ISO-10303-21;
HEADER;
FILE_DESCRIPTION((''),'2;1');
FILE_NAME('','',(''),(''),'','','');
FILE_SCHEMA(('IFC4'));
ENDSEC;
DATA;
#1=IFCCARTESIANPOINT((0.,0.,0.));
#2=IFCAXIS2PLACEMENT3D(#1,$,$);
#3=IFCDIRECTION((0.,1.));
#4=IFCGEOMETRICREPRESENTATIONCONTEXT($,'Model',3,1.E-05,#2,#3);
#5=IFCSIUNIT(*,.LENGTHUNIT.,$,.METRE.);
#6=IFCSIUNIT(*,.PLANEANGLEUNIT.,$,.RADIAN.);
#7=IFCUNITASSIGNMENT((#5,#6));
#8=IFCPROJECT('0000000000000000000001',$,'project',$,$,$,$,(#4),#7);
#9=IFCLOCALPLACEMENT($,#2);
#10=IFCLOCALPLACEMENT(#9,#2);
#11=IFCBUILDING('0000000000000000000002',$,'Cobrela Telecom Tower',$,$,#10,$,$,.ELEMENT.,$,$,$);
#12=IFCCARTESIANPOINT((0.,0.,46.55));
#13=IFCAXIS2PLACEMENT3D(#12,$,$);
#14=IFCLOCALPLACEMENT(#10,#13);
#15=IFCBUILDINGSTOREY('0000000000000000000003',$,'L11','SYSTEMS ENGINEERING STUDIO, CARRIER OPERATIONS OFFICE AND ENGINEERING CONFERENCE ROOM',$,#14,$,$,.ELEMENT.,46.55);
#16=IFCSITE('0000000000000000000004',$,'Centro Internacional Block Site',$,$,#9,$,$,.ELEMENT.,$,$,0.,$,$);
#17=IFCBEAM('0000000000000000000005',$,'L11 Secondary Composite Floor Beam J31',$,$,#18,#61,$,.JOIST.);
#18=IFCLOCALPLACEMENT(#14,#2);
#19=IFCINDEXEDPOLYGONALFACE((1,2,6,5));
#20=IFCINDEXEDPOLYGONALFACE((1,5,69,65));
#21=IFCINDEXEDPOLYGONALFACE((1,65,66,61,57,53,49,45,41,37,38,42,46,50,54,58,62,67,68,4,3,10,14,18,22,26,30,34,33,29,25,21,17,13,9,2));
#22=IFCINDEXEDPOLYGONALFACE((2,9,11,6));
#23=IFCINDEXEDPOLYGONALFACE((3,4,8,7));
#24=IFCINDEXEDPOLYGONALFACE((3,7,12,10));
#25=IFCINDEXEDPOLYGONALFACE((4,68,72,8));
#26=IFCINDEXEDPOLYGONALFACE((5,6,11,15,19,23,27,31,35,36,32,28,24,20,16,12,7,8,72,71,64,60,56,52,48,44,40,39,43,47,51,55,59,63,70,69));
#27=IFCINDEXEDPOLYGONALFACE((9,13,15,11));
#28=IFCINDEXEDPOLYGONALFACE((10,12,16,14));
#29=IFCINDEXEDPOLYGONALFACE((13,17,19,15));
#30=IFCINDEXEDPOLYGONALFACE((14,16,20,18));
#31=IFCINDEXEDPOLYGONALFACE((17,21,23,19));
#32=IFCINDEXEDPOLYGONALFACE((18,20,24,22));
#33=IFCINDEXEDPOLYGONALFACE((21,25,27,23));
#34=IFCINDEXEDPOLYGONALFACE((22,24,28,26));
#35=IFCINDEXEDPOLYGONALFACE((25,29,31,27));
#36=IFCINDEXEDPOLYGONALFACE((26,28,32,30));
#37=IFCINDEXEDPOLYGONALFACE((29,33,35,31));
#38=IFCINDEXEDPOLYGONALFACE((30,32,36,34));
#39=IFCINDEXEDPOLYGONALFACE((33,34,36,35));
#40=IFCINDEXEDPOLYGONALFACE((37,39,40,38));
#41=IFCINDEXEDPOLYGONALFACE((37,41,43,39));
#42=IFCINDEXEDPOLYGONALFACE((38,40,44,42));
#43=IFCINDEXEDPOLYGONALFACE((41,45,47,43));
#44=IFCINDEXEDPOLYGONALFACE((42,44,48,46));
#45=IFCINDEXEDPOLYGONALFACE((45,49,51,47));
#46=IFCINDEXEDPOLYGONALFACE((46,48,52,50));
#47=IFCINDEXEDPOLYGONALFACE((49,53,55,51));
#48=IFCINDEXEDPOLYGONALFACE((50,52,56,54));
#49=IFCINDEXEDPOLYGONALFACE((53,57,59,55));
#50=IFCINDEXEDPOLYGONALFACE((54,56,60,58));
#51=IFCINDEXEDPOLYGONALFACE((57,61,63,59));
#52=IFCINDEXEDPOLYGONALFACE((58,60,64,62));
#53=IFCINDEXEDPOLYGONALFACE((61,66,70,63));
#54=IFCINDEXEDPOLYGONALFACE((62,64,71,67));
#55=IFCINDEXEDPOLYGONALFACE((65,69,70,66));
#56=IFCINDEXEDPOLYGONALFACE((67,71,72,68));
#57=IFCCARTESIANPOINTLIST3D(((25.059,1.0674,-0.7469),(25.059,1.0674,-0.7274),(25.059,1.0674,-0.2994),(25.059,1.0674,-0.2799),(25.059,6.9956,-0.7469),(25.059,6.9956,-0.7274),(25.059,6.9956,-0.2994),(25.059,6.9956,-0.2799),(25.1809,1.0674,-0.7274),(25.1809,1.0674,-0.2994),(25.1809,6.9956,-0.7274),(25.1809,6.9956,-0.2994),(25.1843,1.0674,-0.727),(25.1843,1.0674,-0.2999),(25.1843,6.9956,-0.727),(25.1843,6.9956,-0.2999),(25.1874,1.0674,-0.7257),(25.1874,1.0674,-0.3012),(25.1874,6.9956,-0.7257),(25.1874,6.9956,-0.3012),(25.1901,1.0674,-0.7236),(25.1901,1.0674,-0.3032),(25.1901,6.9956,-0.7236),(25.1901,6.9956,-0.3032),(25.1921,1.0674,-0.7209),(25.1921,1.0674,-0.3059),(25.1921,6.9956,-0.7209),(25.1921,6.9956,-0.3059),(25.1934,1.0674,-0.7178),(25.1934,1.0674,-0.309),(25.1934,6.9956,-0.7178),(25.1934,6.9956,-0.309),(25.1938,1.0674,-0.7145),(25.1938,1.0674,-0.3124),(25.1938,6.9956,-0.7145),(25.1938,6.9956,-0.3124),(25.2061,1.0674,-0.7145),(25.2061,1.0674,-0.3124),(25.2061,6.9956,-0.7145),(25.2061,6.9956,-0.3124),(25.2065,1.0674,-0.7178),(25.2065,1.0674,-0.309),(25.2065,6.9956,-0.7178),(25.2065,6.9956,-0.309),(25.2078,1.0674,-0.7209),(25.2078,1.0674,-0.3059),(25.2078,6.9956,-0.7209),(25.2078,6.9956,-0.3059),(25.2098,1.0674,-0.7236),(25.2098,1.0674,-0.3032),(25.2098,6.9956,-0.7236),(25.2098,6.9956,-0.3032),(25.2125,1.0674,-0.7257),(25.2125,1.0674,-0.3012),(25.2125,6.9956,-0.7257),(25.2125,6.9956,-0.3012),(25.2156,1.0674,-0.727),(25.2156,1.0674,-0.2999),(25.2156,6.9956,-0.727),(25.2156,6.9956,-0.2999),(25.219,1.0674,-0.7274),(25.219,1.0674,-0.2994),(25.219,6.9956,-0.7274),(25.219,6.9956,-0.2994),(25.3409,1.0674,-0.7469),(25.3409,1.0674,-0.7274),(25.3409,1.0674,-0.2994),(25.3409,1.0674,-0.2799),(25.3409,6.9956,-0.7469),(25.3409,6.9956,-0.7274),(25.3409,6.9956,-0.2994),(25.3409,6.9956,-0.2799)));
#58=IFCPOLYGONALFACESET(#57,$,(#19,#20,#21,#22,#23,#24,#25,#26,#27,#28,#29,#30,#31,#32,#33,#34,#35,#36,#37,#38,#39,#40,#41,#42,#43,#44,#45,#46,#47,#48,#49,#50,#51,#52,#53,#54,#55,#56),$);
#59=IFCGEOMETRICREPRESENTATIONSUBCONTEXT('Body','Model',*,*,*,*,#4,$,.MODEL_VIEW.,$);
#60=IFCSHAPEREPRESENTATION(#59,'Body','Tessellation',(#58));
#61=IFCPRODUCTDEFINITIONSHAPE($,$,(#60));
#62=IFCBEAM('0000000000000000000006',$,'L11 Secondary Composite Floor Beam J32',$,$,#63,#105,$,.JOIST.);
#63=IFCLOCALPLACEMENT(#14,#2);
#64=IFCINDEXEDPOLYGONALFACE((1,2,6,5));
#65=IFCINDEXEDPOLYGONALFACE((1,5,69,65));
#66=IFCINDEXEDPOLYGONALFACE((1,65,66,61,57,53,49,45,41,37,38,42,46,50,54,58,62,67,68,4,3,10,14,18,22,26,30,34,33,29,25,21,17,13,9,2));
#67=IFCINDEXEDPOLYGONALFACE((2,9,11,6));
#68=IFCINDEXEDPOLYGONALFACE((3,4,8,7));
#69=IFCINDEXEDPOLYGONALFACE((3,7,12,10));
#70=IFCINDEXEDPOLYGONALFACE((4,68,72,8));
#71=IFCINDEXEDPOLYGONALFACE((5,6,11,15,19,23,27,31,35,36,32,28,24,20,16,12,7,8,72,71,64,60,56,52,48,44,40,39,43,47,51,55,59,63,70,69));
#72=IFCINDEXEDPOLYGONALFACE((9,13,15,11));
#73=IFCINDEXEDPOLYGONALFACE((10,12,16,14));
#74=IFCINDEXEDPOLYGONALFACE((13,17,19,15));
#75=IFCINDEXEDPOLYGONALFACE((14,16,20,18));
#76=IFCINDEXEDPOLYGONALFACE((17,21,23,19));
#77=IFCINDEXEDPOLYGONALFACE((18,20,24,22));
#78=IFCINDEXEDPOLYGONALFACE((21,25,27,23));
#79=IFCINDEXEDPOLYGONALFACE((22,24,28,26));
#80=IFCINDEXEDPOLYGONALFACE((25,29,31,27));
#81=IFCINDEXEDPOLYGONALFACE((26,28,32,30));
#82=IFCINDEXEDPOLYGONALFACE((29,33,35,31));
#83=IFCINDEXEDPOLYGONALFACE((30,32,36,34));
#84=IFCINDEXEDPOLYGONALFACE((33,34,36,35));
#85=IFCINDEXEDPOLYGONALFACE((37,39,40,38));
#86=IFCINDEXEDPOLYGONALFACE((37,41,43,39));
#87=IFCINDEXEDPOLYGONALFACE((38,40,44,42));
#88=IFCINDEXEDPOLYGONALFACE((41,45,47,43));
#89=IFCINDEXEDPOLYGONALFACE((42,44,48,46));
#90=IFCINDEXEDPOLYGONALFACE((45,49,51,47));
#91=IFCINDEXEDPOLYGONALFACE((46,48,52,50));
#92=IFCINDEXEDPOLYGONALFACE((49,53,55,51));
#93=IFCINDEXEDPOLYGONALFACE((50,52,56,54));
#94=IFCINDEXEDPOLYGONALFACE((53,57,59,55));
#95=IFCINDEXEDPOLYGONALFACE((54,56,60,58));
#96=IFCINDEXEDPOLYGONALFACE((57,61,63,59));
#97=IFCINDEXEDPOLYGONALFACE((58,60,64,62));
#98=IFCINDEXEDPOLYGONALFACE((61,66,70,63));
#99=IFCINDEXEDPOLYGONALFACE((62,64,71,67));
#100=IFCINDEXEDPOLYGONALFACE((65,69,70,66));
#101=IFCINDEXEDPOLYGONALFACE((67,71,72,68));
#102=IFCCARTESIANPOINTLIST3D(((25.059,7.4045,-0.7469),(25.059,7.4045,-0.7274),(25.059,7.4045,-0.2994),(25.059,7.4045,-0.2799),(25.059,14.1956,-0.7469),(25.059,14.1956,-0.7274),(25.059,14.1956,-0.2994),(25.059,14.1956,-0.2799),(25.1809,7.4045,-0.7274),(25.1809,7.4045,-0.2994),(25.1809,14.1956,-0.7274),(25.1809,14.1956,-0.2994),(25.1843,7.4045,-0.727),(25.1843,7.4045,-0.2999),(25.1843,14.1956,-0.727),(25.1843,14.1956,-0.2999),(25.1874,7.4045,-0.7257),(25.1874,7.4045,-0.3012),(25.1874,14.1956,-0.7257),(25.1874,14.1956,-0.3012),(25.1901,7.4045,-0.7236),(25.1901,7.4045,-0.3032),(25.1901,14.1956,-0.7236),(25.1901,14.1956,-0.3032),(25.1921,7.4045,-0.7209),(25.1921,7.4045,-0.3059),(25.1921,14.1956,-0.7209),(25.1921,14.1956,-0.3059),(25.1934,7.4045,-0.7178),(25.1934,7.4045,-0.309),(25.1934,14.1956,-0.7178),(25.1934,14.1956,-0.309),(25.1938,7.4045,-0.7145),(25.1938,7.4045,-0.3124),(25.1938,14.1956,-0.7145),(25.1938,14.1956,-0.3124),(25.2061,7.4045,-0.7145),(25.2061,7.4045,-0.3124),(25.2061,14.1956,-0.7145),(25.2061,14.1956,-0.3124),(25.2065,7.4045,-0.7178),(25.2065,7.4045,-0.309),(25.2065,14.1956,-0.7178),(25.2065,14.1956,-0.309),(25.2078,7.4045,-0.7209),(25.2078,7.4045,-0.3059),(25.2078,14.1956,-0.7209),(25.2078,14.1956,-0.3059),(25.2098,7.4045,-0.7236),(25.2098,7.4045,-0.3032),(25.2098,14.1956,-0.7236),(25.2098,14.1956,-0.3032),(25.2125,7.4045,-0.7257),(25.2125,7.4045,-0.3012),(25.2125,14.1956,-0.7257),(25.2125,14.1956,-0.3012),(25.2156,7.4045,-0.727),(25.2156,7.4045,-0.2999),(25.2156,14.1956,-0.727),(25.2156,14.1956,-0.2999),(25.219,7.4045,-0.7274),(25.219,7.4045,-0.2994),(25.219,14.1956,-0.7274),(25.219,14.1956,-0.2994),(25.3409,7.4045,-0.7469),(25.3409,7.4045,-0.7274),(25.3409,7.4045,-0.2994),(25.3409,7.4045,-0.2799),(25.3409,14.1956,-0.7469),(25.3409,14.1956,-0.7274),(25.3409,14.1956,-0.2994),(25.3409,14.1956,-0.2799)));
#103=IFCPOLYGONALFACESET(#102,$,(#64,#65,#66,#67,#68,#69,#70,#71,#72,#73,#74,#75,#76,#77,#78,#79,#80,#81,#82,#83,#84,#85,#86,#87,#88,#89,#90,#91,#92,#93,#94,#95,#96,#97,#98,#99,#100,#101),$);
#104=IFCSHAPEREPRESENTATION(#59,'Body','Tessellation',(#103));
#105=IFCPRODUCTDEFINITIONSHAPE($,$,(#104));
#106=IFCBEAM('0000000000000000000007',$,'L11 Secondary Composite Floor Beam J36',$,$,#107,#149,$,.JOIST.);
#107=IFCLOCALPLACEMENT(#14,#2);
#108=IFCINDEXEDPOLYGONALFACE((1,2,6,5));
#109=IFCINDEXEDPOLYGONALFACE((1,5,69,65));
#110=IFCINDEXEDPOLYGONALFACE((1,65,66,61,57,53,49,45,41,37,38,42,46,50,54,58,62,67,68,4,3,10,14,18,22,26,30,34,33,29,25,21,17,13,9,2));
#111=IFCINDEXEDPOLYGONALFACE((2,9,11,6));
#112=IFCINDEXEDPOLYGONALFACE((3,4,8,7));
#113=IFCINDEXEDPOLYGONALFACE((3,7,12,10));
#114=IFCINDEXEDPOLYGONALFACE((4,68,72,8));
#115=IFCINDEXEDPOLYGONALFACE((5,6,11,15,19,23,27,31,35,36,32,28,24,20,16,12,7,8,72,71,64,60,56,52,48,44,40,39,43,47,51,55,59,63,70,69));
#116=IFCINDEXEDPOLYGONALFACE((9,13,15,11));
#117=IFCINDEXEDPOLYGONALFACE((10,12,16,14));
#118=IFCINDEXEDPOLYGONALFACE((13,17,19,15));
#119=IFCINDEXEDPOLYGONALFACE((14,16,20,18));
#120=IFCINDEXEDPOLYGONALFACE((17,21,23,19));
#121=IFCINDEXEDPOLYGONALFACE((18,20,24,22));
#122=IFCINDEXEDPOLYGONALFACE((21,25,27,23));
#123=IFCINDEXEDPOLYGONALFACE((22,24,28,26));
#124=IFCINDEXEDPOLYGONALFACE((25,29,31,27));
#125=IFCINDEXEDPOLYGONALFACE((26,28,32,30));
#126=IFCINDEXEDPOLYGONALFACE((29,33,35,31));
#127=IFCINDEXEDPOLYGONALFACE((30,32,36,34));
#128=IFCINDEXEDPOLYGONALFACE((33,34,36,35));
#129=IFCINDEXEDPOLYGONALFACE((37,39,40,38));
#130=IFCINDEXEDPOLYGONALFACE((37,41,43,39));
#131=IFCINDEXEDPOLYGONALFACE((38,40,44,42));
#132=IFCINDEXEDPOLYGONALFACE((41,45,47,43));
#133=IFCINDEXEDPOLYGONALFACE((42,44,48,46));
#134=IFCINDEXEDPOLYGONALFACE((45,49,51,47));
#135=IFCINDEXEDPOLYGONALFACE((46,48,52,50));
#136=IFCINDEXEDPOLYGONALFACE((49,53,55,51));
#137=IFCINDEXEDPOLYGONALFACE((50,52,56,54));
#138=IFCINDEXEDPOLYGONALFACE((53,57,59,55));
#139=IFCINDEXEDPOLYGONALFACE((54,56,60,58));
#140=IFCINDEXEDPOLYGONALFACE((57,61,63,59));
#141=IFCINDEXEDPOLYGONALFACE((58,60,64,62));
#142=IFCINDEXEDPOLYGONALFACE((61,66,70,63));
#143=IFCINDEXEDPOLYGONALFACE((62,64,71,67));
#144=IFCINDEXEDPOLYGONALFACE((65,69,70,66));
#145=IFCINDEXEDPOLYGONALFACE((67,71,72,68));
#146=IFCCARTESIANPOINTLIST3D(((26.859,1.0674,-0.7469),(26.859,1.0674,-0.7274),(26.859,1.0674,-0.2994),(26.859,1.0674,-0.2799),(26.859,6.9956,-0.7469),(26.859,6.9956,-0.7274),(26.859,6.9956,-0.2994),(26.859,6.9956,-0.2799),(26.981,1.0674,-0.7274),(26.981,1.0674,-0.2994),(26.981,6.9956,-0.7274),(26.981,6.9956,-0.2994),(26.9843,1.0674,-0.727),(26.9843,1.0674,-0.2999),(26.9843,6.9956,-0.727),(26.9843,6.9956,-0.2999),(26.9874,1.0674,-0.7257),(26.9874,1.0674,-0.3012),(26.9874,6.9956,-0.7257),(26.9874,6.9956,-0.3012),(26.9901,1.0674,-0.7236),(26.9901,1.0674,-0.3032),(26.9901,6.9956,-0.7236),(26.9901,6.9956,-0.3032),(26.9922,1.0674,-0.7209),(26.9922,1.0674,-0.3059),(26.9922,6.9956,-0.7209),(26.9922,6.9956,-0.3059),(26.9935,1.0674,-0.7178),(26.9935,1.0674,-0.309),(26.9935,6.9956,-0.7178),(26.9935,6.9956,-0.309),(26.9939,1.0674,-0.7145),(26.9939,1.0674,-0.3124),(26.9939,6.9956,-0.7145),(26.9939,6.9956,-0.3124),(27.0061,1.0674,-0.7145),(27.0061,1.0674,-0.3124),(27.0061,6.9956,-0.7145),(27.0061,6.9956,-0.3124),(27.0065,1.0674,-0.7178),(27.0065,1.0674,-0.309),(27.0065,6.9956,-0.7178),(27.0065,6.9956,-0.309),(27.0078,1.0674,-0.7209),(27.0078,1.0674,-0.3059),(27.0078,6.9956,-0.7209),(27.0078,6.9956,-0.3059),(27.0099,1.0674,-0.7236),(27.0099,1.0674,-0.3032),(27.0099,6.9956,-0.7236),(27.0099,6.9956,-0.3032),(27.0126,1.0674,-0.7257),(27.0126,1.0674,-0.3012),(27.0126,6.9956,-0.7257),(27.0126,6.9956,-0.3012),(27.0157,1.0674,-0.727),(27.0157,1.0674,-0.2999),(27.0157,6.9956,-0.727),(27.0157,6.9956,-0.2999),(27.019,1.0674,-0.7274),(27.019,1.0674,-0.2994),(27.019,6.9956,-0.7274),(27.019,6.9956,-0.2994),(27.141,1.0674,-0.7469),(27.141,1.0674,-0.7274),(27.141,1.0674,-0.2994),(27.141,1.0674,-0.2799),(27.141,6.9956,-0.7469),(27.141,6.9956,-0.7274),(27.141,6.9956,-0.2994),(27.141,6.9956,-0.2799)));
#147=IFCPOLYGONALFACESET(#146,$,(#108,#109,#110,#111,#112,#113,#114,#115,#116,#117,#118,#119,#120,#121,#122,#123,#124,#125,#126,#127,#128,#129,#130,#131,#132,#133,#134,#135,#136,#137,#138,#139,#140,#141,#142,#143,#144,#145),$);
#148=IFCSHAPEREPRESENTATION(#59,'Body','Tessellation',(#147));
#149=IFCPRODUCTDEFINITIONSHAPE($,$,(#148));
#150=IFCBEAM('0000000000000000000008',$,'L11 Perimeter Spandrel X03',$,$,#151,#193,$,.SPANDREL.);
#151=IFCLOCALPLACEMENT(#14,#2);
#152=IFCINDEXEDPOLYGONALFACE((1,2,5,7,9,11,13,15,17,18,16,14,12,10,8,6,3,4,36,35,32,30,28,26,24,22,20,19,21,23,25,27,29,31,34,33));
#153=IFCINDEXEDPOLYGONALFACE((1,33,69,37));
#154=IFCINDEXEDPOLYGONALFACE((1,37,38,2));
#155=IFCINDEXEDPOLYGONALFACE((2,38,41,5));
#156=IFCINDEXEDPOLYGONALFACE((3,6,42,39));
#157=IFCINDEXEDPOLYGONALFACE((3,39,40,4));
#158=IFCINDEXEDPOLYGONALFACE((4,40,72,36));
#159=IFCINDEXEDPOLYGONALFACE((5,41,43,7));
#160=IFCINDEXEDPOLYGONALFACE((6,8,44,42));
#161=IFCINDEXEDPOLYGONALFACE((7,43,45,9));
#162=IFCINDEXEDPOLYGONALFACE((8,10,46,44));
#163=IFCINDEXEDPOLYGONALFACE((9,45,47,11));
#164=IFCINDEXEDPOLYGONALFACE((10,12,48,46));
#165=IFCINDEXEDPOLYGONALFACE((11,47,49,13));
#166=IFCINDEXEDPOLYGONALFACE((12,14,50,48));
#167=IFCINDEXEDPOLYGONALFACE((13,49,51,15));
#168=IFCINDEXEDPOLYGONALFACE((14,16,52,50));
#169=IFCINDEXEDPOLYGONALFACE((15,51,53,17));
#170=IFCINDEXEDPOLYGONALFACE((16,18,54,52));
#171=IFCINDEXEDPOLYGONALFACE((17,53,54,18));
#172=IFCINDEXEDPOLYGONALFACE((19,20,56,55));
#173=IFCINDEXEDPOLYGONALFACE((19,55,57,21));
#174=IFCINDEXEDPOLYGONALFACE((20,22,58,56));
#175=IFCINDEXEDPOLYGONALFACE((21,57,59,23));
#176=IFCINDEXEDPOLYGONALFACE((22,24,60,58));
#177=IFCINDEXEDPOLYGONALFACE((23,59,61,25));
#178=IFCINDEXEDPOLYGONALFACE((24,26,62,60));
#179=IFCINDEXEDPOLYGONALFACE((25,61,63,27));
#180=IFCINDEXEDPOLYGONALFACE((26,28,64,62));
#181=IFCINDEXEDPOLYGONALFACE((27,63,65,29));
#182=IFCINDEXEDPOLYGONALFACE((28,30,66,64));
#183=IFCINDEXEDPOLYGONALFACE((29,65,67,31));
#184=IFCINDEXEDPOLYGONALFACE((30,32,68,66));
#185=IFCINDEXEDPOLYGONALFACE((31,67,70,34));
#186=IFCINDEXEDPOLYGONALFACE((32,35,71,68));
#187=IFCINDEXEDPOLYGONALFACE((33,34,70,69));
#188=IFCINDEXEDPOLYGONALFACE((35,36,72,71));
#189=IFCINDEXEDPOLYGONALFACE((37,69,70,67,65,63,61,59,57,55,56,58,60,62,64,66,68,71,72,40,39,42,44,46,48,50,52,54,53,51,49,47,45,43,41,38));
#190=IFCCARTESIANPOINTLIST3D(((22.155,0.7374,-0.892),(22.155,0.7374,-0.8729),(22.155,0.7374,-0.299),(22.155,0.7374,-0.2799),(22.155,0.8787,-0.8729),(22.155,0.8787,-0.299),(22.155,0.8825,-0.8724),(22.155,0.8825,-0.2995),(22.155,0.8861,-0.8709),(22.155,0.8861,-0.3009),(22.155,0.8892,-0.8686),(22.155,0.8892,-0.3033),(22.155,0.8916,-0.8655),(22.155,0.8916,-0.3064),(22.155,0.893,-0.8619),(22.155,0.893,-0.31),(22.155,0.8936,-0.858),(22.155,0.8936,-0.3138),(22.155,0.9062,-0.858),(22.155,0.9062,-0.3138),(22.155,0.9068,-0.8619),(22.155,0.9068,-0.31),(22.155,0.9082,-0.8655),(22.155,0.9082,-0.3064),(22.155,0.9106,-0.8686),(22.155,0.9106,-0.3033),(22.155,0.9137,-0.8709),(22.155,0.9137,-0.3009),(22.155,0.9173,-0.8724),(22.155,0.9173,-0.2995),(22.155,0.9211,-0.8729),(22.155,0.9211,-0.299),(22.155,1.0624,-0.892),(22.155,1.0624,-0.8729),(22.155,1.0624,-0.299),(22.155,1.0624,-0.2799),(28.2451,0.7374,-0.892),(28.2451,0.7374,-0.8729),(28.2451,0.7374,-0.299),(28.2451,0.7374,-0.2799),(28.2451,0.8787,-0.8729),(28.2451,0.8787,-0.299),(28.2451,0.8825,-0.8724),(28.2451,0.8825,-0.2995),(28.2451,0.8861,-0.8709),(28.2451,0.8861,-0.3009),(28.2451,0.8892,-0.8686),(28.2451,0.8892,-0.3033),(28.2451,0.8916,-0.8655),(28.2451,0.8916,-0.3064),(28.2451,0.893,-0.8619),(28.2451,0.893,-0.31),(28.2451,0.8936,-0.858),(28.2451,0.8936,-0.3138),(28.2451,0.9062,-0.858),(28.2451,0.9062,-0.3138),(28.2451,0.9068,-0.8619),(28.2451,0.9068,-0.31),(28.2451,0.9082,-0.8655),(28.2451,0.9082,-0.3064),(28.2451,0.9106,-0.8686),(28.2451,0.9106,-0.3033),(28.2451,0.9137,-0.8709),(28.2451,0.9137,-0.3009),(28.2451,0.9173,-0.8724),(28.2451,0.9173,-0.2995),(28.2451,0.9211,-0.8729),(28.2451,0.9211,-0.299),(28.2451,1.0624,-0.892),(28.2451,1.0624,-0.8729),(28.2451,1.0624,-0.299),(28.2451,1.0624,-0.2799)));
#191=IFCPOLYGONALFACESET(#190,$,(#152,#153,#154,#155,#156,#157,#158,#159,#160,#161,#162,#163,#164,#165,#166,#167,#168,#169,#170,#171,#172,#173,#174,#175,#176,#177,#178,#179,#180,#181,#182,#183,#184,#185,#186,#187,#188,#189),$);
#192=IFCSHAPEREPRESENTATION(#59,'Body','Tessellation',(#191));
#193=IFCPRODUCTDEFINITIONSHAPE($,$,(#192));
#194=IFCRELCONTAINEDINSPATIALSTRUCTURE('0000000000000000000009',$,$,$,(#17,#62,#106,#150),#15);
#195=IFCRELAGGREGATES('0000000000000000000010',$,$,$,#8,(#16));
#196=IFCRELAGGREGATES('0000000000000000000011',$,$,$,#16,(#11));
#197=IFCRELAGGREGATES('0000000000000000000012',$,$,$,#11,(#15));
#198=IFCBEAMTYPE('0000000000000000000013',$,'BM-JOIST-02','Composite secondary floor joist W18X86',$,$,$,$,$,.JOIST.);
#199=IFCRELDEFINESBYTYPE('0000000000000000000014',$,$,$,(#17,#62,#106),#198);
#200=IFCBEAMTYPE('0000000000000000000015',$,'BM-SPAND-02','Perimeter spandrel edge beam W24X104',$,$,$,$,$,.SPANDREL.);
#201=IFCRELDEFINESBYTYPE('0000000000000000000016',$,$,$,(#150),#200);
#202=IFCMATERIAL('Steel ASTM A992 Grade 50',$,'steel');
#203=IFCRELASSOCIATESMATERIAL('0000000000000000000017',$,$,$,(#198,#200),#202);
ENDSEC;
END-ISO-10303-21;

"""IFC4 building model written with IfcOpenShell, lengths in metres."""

from ifc_helpers import new_model, si_unit, direction, frame, origin, origin_2d, place, context, subcontext, project, spatial, i_section, extrude, material, material_profile, profile_set, type_object, element, save


model = new_model("IFC4")

# Units and contexts
model_context = context("Model", 3, precision=1e-05, world=origin(), true_north=direction((0.0, 1.0)))
body_context = subcontext(model_context, "Body", "Model", "MODEL_VIEW")
ifc_project = project(units=[si_unit("LENGTHUNIT", "METRE"), si_unit("PLANEANGLEUNIT", "RADIAN")], contexts=[model_context])

# Site, building, storey
site_placement = place(None, origin())
site = spatial("IfcSite", under=ifc_project, at=site_placement, Name="Centro Internacional Block Site", CompositionType="ELEMENT", RefElevation=0.0)
building_placement = place(site_placement, origin())
building = spatial("IfcBuilding", under=site, at=building_placement, Name="Cobrela Telecom Tower", CompositionType="ELEMENT")
storey_placement = place(building_placement, frame((0.0, 0.0, 46.55)))
storey = spatial("IfcBuildingStorey", under=building, at=storey_placement, Name="L11", Description="SYSTEMS ENGINEERING STUDIO, CARRIER OPERATIONS OFFICE AND ENGINEERING CONFERENCE ROOM", CompositionType="ELEMENT", Elevation=46.55)

# Shared definitions
ifc_material_1 = material(Name="Steel ASTM A992 Grade 50", Category="steel")

# Beams
ifc_material_profile_1 = material_profile(ifc_material_1, i_section(OverallWidth=0.282, OverallDepth=0.467, WebThickness=0.0122, FlangeThickness=0.0195, FilletRadius=0.0129, at=origin_2d()), Name="W18X86")
ifc_profile_set_1 = profile_set([ifc_material_profile_1], Name="Steel ASTM A992 Grade 50")
beam_type_1 = type_object("IfcBeamType", Name="BM-JOIST-02", Description="Composite secondary floor joist W18X86", PredefinedType="JOIST", material=ifc_profile_set_1)
beam_1_placement = place(storey_placement, frame((25.2, 1.0674, -0.5134), z_axis=(0.0, 1.0, 0.0), x_axis=(-1.0, 0.0, 0.0)))
element("IfcBeam", 1, at=beam_1_placement, inside=storey, type_object=beam_type_1, Name="L11 Secondary Composite Floor Beam J31", PredefinedType="JOIST", context=body_context, shape_type="SweptSolid", body=[
    extrude(i_section(OverallWidth=0.282, OverallDepth=0.467, WebThickness=0.0122, FlangeThickness=0.0195, FilletRadius=0.0129, at=origin_2d()), origin(), (0.0, 0.0, 1.0), 5.9282),
])
beam_2_placement = place(storey_placement, frame((25.2, 7.4045, -0.5134), z_axis=(0.0, 1.0, 0.0), x_axis=(-1.0, 0.0, 0.0)))
element("IfcBeam", 2, at=beam_2_placement, inside=storey, type_object=beam_type_1, Name="L11 Secondary Composite Floor Beam J32", PredefinedType="JOIST", context=body_context, shape_type="SweptSolid", body=[
    extrude(i_section(OverallWidth=0.282, OverallDepth=0.467, WebThickness=0.0122, FlangeThickness=0.0195, FilletRadius=0.0129, at=origin_2d()), origin(), (0.0, 0.0, 1.0), 6.791),
])
beam_3_placement = place(storey_placement, frame((27.0, 1.0674, -0.5134), z_axis=(0.0, 1.0, 0.0), x_axis=(-1.0, 0.0, 0.0)))
element("IfcBeam", 3, at=beam_3_placement, inside=storey, type_object=beam_type_1, Name="L11 Secondary Composite Floor Beam J36", PredefinedType="JOIST", context=body_context, shape_type="SweptSolid", body=[
    extrude(i_section(OverallWidth=0.282, OverallDepth=0.467, WebThickness=0.0122, FlangeThickness=0.0195, FilletRadius=0.0129, at=origin_2d()), origin(), (0.0, 0.0, 1.0), 5.9282),
])
ifc_material_profile_2 = material_profile(ifc_material_1, i_section(OverallWidth=0.325, OverallDepth=0.6121, WebThickness=0.0127, FlangeThickness=0.019, FilletRadius=0.0149, at=origin_2d()), Name="W24X104")
ifc_profile_set_2 = profile_set([ifc_material_profile_2], Name="Steel ASTM A992 Grade 50")
beam_type_2 = type_object("IfcBeamType", Name="BM-SPAND-02", Description="Perimeter spandrel edge beam W24X104", PredefinedType="SPANDREL", material=ifc_profile_set_2)
beam_4_placement = place(storey_placement, frame((22.155, 0.8999, -0.5859), z_axis=(1.0, 0.0, 0.0), x_axis=(0.0, 1.0, 0.0)))
element("IfcBeam", 4, at=beam_4_placement, inside=storey, type_object=beam_type_2, Name="L11 Perimeter Spandrel X03", PredefinedType="SPANDREL", context=body_context, shape_type="SweptSolid", body=[
    extrude(i_section(OverallWidth=0.325, OverallDepth=0.6121, WebThickness=0.0127, FlangeThickness=0.019, FilletRadius=0.0149, at=origin_2d()), origin(), (0.0, 0.0, 1.0), 6.0901),
])

save(model, "model.ifc")
